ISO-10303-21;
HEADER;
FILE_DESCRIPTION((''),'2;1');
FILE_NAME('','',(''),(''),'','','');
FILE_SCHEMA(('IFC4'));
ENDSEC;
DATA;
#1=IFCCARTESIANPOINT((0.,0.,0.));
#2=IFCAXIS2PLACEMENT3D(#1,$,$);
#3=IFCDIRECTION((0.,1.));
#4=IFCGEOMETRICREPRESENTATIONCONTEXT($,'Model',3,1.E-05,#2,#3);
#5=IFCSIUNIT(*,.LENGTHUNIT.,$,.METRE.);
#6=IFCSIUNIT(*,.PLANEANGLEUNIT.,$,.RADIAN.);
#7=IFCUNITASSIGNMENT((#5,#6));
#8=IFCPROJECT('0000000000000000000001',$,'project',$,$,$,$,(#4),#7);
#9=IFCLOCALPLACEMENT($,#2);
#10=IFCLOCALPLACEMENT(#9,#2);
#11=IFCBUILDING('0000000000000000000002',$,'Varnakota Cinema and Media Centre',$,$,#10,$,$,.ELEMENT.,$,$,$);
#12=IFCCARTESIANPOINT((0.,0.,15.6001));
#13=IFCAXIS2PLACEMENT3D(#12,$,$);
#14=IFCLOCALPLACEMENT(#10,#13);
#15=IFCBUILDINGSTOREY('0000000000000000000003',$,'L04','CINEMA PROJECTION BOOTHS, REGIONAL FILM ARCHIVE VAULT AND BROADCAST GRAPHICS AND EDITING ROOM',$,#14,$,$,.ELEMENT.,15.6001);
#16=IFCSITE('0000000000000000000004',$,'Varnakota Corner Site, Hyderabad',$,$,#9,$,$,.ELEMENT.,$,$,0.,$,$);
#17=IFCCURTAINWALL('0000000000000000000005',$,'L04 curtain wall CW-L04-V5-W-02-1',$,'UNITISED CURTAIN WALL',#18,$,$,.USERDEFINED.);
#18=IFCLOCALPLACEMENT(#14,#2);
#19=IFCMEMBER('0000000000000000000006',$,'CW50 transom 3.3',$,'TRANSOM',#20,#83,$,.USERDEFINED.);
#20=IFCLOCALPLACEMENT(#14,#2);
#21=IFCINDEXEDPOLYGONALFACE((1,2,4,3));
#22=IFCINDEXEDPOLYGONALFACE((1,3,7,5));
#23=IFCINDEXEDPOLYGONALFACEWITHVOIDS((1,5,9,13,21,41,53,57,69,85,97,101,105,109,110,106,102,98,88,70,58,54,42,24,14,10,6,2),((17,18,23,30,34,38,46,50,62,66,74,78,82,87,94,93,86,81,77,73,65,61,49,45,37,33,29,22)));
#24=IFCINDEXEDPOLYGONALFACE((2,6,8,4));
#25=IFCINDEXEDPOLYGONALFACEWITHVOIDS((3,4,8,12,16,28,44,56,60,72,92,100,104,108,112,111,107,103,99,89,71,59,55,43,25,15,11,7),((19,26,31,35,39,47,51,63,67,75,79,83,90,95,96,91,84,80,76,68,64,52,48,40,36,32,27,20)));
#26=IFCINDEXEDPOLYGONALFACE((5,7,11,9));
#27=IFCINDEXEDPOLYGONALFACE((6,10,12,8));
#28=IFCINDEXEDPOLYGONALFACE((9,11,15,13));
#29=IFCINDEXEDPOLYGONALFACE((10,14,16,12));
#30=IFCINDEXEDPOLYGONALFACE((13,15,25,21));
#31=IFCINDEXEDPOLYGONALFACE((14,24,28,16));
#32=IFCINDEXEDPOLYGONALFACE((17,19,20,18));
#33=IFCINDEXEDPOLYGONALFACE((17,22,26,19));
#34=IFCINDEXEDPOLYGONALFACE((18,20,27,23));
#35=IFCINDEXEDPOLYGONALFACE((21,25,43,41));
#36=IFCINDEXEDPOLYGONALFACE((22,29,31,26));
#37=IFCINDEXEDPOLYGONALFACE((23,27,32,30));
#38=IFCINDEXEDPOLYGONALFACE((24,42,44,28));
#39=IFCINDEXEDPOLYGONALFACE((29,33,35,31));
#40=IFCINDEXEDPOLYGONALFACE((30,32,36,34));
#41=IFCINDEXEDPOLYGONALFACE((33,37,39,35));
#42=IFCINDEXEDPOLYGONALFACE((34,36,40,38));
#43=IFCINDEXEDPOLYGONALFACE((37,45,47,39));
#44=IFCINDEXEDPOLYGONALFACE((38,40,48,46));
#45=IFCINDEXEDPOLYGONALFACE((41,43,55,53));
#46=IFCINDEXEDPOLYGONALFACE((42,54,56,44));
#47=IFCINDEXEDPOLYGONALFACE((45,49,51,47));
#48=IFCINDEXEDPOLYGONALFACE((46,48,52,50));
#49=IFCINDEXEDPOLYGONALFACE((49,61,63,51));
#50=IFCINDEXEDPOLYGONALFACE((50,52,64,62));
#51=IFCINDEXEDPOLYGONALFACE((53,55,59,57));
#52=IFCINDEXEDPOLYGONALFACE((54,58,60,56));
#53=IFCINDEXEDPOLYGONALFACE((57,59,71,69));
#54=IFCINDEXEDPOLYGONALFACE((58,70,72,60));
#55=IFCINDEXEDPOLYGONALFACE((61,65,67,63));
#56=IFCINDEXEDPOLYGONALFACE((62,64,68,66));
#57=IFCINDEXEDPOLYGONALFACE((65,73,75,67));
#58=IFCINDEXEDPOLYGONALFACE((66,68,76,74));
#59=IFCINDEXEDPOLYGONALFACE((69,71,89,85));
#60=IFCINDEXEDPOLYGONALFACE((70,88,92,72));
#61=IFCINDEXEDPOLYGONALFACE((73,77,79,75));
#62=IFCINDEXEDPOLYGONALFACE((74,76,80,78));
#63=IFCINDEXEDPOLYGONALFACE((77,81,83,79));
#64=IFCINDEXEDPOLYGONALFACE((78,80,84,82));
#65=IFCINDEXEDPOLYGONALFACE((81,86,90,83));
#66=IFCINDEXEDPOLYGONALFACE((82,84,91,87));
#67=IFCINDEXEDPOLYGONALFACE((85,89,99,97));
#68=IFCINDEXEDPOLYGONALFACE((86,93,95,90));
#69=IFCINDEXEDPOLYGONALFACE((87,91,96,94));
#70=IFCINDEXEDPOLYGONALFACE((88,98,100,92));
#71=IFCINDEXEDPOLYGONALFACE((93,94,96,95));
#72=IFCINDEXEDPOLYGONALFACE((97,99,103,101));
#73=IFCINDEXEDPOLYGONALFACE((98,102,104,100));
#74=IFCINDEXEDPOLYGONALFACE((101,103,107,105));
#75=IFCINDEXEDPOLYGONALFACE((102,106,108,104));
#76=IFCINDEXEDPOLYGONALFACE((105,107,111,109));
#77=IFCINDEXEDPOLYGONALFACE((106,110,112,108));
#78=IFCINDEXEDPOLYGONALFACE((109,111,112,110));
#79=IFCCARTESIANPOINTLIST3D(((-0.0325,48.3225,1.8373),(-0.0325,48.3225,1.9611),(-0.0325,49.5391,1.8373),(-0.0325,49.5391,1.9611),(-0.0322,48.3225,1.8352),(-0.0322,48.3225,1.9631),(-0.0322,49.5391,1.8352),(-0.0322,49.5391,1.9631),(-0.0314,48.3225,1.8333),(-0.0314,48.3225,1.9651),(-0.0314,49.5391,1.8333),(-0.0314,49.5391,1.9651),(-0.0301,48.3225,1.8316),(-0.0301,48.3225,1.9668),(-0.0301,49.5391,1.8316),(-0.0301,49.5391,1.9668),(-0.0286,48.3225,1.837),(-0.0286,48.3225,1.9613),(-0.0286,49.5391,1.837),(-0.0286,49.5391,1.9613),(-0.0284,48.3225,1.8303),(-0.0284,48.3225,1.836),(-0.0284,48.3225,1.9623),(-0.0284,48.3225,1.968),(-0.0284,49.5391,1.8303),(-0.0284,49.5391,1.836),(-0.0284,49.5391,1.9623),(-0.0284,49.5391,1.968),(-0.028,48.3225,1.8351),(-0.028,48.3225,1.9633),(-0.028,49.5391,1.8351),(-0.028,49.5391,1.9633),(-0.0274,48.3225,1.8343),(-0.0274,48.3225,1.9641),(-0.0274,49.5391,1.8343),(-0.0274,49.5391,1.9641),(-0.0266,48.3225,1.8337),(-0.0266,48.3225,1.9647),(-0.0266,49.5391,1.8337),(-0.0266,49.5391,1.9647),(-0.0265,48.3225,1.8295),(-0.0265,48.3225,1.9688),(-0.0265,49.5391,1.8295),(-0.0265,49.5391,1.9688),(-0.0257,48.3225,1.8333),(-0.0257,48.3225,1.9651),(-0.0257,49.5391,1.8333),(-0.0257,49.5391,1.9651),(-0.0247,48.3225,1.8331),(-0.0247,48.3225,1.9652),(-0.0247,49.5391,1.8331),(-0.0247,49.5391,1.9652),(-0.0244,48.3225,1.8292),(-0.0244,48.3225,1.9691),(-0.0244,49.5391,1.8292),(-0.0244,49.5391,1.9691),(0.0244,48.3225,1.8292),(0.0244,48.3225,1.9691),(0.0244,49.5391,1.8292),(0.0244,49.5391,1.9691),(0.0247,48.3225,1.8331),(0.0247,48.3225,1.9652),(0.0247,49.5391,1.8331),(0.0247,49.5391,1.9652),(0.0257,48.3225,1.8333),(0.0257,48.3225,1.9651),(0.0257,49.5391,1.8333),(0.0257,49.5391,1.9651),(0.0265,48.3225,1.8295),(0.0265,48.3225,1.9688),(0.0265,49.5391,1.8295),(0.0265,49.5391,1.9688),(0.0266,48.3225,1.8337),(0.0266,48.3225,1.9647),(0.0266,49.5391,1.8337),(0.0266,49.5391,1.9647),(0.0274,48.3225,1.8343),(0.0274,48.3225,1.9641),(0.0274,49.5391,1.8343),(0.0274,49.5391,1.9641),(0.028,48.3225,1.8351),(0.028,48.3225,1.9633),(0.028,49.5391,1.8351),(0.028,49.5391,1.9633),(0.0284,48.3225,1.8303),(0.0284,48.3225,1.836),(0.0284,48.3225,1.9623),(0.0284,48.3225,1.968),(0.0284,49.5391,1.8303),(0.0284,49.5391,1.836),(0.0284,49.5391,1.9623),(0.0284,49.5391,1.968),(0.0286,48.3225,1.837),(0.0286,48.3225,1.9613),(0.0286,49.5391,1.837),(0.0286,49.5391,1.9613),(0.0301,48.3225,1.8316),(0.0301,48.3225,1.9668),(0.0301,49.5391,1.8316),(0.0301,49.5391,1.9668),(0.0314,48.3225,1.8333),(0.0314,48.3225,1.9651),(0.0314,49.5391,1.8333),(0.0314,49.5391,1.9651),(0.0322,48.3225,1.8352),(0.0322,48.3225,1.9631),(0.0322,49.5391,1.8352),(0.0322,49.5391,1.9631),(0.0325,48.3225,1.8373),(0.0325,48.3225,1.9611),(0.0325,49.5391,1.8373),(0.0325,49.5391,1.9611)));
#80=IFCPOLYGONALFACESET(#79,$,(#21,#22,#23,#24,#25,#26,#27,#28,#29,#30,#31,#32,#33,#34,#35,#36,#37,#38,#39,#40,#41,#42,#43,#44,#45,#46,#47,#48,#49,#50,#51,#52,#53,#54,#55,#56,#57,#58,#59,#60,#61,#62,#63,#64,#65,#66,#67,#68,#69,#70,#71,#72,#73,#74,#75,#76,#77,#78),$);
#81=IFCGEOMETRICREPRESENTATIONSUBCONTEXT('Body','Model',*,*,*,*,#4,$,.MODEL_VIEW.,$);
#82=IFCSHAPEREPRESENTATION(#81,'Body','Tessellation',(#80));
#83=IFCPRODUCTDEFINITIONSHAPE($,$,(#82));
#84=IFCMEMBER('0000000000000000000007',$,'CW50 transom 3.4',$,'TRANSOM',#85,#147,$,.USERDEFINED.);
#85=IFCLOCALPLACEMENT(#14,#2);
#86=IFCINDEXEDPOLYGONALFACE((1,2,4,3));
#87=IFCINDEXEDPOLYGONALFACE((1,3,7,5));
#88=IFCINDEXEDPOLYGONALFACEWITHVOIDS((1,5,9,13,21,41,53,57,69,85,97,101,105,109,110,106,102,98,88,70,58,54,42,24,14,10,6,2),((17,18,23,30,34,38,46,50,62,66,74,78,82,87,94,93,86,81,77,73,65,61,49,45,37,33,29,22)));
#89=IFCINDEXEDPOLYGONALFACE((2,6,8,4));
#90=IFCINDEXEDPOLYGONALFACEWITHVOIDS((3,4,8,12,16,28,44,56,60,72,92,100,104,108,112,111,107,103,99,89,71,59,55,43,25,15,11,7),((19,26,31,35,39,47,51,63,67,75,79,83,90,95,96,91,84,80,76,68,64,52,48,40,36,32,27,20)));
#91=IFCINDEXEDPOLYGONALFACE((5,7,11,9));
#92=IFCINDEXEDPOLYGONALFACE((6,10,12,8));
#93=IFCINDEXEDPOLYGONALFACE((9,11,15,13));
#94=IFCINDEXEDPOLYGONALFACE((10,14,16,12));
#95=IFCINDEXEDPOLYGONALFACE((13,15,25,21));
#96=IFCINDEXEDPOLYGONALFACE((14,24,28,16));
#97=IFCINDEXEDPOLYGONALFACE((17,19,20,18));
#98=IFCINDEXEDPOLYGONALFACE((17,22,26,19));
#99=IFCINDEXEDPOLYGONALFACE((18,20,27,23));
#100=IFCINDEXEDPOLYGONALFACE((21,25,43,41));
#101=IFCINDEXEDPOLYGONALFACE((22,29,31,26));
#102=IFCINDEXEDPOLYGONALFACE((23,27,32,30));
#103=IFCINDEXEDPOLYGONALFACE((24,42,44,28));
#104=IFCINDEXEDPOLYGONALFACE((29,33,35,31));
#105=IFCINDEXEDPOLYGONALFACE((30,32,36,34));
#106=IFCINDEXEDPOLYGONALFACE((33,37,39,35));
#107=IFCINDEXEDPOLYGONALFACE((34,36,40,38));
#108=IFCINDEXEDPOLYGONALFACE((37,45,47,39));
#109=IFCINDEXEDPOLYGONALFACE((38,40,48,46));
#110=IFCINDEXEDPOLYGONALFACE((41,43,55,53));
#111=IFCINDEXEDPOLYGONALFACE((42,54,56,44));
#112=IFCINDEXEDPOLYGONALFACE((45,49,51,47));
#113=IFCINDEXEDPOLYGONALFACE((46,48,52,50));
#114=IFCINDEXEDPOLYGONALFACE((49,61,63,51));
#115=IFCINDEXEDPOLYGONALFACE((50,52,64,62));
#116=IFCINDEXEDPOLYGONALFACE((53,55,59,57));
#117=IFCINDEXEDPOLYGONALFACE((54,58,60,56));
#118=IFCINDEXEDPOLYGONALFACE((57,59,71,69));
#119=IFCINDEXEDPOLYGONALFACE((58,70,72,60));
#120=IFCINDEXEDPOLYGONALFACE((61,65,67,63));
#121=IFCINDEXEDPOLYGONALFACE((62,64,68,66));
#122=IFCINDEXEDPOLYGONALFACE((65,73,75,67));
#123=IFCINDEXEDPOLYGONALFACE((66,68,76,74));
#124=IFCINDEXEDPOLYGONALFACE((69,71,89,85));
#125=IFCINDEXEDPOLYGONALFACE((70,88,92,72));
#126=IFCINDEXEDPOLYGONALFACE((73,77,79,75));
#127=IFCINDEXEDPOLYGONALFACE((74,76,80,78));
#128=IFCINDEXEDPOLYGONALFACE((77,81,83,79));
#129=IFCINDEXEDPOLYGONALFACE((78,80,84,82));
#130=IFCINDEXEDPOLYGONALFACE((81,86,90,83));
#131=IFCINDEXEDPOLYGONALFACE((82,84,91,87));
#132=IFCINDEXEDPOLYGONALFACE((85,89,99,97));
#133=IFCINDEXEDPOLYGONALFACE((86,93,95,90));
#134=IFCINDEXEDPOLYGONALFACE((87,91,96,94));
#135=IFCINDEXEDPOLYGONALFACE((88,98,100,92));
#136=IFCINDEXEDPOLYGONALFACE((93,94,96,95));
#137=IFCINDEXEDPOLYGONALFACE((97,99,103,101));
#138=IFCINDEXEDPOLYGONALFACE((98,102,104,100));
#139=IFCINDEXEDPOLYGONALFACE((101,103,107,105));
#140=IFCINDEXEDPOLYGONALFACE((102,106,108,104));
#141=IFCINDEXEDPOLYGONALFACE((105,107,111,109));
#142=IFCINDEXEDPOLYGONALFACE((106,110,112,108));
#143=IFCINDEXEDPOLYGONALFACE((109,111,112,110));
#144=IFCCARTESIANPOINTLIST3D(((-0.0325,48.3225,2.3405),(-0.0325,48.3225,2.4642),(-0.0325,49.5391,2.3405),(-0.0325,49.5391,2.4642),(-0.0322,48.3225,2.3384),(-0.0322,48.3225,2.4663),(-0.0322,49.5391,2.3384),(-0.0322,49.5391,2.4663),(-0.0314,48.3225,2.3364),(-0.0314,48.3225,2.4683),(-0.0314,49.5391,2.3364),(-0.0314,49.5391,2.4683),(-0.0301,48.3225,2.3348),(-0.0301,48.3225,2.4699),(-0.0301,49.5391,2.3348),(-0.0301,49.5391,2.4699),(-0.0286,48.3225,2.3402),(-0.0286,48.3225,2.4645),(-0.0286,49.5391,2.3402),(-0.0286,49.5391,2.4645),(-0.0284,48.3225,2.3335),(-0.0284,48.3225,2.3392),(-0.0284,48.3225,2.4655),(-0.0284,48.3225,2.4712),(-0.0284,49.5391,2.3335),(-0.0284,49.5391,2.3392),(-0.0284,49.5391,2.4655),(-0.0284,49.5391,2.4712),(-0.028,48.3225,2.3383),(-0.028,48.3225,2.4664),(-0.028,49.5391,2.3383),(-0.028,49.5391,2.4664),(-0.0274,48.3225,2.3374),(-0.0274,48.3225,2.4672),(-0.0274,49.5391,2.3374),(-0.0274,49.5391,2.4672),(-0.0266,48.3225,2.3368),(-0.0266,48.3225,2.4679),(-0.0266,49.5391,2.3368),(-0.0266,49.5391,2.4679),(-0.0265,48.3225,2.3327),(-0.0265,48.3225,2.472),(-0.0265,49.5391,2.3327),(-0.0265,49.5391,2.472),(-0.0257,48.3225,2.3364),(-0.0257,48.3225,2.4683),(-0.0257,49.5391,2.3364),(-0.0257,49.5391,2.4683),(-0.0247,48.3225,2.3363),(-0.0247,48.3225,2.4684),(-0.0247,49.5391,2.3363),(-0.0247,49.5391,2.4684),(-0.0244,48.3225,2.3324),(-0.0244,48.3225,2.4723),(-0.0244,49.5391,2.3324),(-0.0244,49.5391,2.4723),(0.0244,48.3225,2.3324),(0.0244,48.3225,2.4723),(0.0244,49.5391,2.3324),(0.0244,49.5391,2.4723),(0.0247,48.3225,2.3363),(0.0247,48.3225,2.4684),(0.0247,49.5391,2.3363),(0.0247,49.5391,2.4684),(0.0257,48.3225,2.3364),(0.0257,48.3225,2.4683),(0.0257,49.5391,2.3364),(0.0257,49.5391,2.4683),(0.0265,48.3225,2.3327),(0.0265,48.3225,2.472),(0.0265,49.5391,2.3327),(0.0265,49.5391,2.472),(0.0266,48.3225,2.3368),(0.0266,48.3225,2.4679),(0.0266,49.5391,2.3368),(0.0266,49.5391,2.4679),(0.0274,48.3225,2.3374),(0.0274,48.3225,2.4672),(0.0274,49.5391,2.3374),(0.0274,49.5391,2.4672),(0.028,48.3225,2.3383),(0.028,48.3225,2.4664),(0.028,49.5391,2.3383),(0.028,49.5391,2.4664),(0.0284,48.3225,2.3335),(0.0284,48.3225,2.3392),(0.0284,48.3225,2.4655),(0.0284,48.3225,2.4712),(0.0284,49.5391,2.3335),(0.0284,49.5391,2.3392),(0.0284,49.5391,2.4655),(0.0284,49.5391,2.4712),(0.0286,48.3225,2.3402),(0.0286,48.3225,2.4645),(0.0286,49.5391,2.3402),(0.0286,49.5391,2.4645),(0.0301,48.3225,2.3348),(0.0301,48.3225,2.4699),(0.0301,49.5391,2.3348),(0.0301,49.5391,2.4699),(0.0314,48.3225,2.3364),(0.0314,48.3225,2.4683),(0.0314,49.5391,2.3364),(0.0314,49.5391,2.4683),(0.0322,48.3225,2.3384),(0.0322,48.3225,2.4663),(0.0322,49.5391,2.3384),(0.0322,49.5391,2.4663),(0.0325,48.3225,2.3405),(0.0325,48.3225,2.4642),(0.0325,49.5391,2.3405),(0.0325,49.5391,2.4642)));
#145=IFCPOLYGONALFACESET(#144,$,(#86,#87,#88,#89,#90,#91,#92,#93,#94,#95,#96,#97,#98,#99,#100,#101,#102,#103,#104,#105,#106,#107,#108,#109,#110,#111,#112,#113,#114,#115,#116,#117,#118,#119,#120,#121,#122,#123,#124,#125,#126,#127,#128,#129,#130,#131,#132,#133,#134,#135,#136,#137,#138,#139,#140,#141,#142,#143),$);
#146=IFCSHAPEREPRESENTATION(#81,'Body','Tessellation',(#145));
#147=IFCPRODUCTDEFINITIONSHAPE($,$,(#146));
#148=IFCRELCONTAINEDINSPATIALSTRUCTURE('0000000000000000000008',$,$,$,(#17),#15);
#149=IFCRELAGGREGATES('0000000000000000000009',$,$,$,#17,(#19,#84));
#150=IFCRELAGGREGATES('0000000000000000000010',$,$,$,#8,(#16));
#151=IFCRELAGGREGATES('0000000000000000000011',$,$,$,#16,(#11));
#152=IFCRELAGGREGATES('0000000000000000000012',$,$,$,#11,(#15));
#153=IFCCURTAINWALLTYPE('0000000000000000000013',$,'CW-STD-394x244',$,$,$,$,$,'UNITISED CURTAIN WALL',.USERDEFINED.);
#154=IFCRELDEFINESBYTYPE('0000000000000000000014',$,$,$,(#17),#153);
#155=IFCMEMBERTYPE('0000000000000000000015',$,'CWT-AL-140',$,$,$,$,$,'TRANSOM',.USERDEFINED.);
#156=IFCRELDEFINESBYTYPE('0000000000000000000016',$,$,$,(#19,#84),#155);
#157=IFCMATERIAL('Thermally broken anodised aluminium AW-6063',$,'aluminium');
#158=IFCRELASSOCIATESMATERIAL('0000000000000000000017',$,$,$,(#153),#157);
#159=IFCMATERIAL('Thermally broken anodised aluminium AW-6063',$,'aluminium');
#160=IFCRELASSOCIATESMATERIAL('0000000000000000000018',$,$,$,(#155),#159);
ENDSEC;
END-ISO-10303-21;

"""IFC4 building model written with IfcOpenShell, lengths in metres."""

from ifc_helpers import new_model, si_unit, direction, frame, origin, origin_2d, place, context, subcontext, project, spatial, hollow_rectangle, extrude, material, material_profile, profile_set, type_object, element, aggregate, save


model = new_model("IFC4")

# Units and contexts
model_context = context("Model", 3, precision=1e-05, world=origin(), true_north=direction((0.0, 1.0)))
body_context = subcontext(model_context, "Body", "Model", "MODEL_VIEW")
ifc_project = project(units=[si_unit("LENGTHUNIT", "METRE"), si_unit("PLANEANGLEUNIT", "RADIAN")], contexts=[model_context])

# Site, building, storey
site_placement = place(None, origin())
site = spatial("IfcSite", under=ifc_project, at=site_placement, Name="Varnakota Corner Site, Hyderabad", CompositionType="ELEMENT", RefElevation=0.0)
building_placement = place(site_placement, origin())
building = spatial("IfcBuilding", under=site, at=building_placement, Name="Varnakota Cinema and Media Centre", CompositionType="ELEMENT")
storey_placement = place(building_placement, frame((0.0, 0.0, 15.6001)))
storey = spatial("IfcBuildingStorey", under=building, at=storey_placement, Name="L04", Description="CINEMA PROJECTION BOOTHS, REGIONAL FILM ARCHIVE VAULT AND BROADCAST GRAPHICS AND EDITING ROOM", CompositionType="ELEMENT", Elevation=15.6001)

# Curtain wall
ifc_material_1 = material(Name="Thermally broken anodised aluminium AW-6063", Category="aluminium")
curtain_wall_type = type_object("IfcCurtainWallType", Name="CW-STD-394x244", ElementType="UNITISED CURTAIN WALL", PredefinedType="USERDEFINED", material=ifc_material_1)
curtain_wall_1_placement = place(storey_placement, origin())
curtain_wall_1 = element("IfcCurtainWall", 1, at=curtain_wall_1_placement, inside=storey, type_object=curtain_wall_type, Name="L04 curtain wall CW-L04-V5-W-02-1", ObjectType="UNITISED CURTAIN WALL", PredefinedType="USERDEFINED")

# Members
ifc_material_2 = material(Name="Thermally broken anodised aluminium AW-6063", Category="aluminium")
ifc_material_profile_1 = material_profile(ifc_material_2, hollow_rectangle(XDim=0.0649, YDim=0.1399, WallThickness=0.0039, InnerFilletRadius=0.0039, OuterFilletRadius=0.0081, at=origin_2d()), Name="AL-TRANSOM 140x65x4")
ifc_profile_set_1 = profile_set([ifc_material_profile_1], Name="Thermally broken anodised aluminium AW-6063")
member_type_1 = type_object("IfcMemberType", Name="CWT-AL-140", ElementType="TRANSOM", PredefinedType="USERDEFINED", material=ifc_profile_set_1)
member_1_placement = place(storey_placement, frame((0.0, 49.5391, 1.8992), z_axis=(0.0, -1.0, 0.0), x_axis=(1.0, 0.0, 0.0)))
member_1 = element("IfcMember", 2, at=member_1_placement, type_object=member_type_1, Name="CW50 transom 3.3", ObjectType="TRANSOM", PredefinedType="USERDEFINED", context=body_context, shape_type="SweptSolid", body=[
    extrude(hollow_rectangle(XDim=0.0649, YDim=0.1399, WallThickness=0.0039, InnerFilletRadius=0.0039, OuterFilletRadius=0.0081, at=origin_2d()), origin(), (0.0, 0.0, 1.0), 1.2166),
])
member_2_placement = place(storey_placement, frame((0.0, 49.5391, 2.4023), z_axis=(0.0, -1.0, 0.0), x_axis=(1.0, 0.0, 0.0)))
member_2 = element("IfcMember", 3, at=member_2_placement, type_object=member_type_1, Name="CW50 transom 3.4", ObjectType="TRANSOM", PredefinedType="USERDEFINED", context=body_context, shape_type="SweptSolid", body=[
    extrude(hollow_rectangle(XDim=0.0649, YDim=0.1399, WallThickness=0.0039, InnerFilletRadius=0.0039, OuterFilletRadius=0.0081, at=origin_2d()), origin(), (0.0, 0.0, 1.0), 1.2166),
])

aggregate(curtain_wall_1, [member_1, member_2])

save(model, "model.ifc")
